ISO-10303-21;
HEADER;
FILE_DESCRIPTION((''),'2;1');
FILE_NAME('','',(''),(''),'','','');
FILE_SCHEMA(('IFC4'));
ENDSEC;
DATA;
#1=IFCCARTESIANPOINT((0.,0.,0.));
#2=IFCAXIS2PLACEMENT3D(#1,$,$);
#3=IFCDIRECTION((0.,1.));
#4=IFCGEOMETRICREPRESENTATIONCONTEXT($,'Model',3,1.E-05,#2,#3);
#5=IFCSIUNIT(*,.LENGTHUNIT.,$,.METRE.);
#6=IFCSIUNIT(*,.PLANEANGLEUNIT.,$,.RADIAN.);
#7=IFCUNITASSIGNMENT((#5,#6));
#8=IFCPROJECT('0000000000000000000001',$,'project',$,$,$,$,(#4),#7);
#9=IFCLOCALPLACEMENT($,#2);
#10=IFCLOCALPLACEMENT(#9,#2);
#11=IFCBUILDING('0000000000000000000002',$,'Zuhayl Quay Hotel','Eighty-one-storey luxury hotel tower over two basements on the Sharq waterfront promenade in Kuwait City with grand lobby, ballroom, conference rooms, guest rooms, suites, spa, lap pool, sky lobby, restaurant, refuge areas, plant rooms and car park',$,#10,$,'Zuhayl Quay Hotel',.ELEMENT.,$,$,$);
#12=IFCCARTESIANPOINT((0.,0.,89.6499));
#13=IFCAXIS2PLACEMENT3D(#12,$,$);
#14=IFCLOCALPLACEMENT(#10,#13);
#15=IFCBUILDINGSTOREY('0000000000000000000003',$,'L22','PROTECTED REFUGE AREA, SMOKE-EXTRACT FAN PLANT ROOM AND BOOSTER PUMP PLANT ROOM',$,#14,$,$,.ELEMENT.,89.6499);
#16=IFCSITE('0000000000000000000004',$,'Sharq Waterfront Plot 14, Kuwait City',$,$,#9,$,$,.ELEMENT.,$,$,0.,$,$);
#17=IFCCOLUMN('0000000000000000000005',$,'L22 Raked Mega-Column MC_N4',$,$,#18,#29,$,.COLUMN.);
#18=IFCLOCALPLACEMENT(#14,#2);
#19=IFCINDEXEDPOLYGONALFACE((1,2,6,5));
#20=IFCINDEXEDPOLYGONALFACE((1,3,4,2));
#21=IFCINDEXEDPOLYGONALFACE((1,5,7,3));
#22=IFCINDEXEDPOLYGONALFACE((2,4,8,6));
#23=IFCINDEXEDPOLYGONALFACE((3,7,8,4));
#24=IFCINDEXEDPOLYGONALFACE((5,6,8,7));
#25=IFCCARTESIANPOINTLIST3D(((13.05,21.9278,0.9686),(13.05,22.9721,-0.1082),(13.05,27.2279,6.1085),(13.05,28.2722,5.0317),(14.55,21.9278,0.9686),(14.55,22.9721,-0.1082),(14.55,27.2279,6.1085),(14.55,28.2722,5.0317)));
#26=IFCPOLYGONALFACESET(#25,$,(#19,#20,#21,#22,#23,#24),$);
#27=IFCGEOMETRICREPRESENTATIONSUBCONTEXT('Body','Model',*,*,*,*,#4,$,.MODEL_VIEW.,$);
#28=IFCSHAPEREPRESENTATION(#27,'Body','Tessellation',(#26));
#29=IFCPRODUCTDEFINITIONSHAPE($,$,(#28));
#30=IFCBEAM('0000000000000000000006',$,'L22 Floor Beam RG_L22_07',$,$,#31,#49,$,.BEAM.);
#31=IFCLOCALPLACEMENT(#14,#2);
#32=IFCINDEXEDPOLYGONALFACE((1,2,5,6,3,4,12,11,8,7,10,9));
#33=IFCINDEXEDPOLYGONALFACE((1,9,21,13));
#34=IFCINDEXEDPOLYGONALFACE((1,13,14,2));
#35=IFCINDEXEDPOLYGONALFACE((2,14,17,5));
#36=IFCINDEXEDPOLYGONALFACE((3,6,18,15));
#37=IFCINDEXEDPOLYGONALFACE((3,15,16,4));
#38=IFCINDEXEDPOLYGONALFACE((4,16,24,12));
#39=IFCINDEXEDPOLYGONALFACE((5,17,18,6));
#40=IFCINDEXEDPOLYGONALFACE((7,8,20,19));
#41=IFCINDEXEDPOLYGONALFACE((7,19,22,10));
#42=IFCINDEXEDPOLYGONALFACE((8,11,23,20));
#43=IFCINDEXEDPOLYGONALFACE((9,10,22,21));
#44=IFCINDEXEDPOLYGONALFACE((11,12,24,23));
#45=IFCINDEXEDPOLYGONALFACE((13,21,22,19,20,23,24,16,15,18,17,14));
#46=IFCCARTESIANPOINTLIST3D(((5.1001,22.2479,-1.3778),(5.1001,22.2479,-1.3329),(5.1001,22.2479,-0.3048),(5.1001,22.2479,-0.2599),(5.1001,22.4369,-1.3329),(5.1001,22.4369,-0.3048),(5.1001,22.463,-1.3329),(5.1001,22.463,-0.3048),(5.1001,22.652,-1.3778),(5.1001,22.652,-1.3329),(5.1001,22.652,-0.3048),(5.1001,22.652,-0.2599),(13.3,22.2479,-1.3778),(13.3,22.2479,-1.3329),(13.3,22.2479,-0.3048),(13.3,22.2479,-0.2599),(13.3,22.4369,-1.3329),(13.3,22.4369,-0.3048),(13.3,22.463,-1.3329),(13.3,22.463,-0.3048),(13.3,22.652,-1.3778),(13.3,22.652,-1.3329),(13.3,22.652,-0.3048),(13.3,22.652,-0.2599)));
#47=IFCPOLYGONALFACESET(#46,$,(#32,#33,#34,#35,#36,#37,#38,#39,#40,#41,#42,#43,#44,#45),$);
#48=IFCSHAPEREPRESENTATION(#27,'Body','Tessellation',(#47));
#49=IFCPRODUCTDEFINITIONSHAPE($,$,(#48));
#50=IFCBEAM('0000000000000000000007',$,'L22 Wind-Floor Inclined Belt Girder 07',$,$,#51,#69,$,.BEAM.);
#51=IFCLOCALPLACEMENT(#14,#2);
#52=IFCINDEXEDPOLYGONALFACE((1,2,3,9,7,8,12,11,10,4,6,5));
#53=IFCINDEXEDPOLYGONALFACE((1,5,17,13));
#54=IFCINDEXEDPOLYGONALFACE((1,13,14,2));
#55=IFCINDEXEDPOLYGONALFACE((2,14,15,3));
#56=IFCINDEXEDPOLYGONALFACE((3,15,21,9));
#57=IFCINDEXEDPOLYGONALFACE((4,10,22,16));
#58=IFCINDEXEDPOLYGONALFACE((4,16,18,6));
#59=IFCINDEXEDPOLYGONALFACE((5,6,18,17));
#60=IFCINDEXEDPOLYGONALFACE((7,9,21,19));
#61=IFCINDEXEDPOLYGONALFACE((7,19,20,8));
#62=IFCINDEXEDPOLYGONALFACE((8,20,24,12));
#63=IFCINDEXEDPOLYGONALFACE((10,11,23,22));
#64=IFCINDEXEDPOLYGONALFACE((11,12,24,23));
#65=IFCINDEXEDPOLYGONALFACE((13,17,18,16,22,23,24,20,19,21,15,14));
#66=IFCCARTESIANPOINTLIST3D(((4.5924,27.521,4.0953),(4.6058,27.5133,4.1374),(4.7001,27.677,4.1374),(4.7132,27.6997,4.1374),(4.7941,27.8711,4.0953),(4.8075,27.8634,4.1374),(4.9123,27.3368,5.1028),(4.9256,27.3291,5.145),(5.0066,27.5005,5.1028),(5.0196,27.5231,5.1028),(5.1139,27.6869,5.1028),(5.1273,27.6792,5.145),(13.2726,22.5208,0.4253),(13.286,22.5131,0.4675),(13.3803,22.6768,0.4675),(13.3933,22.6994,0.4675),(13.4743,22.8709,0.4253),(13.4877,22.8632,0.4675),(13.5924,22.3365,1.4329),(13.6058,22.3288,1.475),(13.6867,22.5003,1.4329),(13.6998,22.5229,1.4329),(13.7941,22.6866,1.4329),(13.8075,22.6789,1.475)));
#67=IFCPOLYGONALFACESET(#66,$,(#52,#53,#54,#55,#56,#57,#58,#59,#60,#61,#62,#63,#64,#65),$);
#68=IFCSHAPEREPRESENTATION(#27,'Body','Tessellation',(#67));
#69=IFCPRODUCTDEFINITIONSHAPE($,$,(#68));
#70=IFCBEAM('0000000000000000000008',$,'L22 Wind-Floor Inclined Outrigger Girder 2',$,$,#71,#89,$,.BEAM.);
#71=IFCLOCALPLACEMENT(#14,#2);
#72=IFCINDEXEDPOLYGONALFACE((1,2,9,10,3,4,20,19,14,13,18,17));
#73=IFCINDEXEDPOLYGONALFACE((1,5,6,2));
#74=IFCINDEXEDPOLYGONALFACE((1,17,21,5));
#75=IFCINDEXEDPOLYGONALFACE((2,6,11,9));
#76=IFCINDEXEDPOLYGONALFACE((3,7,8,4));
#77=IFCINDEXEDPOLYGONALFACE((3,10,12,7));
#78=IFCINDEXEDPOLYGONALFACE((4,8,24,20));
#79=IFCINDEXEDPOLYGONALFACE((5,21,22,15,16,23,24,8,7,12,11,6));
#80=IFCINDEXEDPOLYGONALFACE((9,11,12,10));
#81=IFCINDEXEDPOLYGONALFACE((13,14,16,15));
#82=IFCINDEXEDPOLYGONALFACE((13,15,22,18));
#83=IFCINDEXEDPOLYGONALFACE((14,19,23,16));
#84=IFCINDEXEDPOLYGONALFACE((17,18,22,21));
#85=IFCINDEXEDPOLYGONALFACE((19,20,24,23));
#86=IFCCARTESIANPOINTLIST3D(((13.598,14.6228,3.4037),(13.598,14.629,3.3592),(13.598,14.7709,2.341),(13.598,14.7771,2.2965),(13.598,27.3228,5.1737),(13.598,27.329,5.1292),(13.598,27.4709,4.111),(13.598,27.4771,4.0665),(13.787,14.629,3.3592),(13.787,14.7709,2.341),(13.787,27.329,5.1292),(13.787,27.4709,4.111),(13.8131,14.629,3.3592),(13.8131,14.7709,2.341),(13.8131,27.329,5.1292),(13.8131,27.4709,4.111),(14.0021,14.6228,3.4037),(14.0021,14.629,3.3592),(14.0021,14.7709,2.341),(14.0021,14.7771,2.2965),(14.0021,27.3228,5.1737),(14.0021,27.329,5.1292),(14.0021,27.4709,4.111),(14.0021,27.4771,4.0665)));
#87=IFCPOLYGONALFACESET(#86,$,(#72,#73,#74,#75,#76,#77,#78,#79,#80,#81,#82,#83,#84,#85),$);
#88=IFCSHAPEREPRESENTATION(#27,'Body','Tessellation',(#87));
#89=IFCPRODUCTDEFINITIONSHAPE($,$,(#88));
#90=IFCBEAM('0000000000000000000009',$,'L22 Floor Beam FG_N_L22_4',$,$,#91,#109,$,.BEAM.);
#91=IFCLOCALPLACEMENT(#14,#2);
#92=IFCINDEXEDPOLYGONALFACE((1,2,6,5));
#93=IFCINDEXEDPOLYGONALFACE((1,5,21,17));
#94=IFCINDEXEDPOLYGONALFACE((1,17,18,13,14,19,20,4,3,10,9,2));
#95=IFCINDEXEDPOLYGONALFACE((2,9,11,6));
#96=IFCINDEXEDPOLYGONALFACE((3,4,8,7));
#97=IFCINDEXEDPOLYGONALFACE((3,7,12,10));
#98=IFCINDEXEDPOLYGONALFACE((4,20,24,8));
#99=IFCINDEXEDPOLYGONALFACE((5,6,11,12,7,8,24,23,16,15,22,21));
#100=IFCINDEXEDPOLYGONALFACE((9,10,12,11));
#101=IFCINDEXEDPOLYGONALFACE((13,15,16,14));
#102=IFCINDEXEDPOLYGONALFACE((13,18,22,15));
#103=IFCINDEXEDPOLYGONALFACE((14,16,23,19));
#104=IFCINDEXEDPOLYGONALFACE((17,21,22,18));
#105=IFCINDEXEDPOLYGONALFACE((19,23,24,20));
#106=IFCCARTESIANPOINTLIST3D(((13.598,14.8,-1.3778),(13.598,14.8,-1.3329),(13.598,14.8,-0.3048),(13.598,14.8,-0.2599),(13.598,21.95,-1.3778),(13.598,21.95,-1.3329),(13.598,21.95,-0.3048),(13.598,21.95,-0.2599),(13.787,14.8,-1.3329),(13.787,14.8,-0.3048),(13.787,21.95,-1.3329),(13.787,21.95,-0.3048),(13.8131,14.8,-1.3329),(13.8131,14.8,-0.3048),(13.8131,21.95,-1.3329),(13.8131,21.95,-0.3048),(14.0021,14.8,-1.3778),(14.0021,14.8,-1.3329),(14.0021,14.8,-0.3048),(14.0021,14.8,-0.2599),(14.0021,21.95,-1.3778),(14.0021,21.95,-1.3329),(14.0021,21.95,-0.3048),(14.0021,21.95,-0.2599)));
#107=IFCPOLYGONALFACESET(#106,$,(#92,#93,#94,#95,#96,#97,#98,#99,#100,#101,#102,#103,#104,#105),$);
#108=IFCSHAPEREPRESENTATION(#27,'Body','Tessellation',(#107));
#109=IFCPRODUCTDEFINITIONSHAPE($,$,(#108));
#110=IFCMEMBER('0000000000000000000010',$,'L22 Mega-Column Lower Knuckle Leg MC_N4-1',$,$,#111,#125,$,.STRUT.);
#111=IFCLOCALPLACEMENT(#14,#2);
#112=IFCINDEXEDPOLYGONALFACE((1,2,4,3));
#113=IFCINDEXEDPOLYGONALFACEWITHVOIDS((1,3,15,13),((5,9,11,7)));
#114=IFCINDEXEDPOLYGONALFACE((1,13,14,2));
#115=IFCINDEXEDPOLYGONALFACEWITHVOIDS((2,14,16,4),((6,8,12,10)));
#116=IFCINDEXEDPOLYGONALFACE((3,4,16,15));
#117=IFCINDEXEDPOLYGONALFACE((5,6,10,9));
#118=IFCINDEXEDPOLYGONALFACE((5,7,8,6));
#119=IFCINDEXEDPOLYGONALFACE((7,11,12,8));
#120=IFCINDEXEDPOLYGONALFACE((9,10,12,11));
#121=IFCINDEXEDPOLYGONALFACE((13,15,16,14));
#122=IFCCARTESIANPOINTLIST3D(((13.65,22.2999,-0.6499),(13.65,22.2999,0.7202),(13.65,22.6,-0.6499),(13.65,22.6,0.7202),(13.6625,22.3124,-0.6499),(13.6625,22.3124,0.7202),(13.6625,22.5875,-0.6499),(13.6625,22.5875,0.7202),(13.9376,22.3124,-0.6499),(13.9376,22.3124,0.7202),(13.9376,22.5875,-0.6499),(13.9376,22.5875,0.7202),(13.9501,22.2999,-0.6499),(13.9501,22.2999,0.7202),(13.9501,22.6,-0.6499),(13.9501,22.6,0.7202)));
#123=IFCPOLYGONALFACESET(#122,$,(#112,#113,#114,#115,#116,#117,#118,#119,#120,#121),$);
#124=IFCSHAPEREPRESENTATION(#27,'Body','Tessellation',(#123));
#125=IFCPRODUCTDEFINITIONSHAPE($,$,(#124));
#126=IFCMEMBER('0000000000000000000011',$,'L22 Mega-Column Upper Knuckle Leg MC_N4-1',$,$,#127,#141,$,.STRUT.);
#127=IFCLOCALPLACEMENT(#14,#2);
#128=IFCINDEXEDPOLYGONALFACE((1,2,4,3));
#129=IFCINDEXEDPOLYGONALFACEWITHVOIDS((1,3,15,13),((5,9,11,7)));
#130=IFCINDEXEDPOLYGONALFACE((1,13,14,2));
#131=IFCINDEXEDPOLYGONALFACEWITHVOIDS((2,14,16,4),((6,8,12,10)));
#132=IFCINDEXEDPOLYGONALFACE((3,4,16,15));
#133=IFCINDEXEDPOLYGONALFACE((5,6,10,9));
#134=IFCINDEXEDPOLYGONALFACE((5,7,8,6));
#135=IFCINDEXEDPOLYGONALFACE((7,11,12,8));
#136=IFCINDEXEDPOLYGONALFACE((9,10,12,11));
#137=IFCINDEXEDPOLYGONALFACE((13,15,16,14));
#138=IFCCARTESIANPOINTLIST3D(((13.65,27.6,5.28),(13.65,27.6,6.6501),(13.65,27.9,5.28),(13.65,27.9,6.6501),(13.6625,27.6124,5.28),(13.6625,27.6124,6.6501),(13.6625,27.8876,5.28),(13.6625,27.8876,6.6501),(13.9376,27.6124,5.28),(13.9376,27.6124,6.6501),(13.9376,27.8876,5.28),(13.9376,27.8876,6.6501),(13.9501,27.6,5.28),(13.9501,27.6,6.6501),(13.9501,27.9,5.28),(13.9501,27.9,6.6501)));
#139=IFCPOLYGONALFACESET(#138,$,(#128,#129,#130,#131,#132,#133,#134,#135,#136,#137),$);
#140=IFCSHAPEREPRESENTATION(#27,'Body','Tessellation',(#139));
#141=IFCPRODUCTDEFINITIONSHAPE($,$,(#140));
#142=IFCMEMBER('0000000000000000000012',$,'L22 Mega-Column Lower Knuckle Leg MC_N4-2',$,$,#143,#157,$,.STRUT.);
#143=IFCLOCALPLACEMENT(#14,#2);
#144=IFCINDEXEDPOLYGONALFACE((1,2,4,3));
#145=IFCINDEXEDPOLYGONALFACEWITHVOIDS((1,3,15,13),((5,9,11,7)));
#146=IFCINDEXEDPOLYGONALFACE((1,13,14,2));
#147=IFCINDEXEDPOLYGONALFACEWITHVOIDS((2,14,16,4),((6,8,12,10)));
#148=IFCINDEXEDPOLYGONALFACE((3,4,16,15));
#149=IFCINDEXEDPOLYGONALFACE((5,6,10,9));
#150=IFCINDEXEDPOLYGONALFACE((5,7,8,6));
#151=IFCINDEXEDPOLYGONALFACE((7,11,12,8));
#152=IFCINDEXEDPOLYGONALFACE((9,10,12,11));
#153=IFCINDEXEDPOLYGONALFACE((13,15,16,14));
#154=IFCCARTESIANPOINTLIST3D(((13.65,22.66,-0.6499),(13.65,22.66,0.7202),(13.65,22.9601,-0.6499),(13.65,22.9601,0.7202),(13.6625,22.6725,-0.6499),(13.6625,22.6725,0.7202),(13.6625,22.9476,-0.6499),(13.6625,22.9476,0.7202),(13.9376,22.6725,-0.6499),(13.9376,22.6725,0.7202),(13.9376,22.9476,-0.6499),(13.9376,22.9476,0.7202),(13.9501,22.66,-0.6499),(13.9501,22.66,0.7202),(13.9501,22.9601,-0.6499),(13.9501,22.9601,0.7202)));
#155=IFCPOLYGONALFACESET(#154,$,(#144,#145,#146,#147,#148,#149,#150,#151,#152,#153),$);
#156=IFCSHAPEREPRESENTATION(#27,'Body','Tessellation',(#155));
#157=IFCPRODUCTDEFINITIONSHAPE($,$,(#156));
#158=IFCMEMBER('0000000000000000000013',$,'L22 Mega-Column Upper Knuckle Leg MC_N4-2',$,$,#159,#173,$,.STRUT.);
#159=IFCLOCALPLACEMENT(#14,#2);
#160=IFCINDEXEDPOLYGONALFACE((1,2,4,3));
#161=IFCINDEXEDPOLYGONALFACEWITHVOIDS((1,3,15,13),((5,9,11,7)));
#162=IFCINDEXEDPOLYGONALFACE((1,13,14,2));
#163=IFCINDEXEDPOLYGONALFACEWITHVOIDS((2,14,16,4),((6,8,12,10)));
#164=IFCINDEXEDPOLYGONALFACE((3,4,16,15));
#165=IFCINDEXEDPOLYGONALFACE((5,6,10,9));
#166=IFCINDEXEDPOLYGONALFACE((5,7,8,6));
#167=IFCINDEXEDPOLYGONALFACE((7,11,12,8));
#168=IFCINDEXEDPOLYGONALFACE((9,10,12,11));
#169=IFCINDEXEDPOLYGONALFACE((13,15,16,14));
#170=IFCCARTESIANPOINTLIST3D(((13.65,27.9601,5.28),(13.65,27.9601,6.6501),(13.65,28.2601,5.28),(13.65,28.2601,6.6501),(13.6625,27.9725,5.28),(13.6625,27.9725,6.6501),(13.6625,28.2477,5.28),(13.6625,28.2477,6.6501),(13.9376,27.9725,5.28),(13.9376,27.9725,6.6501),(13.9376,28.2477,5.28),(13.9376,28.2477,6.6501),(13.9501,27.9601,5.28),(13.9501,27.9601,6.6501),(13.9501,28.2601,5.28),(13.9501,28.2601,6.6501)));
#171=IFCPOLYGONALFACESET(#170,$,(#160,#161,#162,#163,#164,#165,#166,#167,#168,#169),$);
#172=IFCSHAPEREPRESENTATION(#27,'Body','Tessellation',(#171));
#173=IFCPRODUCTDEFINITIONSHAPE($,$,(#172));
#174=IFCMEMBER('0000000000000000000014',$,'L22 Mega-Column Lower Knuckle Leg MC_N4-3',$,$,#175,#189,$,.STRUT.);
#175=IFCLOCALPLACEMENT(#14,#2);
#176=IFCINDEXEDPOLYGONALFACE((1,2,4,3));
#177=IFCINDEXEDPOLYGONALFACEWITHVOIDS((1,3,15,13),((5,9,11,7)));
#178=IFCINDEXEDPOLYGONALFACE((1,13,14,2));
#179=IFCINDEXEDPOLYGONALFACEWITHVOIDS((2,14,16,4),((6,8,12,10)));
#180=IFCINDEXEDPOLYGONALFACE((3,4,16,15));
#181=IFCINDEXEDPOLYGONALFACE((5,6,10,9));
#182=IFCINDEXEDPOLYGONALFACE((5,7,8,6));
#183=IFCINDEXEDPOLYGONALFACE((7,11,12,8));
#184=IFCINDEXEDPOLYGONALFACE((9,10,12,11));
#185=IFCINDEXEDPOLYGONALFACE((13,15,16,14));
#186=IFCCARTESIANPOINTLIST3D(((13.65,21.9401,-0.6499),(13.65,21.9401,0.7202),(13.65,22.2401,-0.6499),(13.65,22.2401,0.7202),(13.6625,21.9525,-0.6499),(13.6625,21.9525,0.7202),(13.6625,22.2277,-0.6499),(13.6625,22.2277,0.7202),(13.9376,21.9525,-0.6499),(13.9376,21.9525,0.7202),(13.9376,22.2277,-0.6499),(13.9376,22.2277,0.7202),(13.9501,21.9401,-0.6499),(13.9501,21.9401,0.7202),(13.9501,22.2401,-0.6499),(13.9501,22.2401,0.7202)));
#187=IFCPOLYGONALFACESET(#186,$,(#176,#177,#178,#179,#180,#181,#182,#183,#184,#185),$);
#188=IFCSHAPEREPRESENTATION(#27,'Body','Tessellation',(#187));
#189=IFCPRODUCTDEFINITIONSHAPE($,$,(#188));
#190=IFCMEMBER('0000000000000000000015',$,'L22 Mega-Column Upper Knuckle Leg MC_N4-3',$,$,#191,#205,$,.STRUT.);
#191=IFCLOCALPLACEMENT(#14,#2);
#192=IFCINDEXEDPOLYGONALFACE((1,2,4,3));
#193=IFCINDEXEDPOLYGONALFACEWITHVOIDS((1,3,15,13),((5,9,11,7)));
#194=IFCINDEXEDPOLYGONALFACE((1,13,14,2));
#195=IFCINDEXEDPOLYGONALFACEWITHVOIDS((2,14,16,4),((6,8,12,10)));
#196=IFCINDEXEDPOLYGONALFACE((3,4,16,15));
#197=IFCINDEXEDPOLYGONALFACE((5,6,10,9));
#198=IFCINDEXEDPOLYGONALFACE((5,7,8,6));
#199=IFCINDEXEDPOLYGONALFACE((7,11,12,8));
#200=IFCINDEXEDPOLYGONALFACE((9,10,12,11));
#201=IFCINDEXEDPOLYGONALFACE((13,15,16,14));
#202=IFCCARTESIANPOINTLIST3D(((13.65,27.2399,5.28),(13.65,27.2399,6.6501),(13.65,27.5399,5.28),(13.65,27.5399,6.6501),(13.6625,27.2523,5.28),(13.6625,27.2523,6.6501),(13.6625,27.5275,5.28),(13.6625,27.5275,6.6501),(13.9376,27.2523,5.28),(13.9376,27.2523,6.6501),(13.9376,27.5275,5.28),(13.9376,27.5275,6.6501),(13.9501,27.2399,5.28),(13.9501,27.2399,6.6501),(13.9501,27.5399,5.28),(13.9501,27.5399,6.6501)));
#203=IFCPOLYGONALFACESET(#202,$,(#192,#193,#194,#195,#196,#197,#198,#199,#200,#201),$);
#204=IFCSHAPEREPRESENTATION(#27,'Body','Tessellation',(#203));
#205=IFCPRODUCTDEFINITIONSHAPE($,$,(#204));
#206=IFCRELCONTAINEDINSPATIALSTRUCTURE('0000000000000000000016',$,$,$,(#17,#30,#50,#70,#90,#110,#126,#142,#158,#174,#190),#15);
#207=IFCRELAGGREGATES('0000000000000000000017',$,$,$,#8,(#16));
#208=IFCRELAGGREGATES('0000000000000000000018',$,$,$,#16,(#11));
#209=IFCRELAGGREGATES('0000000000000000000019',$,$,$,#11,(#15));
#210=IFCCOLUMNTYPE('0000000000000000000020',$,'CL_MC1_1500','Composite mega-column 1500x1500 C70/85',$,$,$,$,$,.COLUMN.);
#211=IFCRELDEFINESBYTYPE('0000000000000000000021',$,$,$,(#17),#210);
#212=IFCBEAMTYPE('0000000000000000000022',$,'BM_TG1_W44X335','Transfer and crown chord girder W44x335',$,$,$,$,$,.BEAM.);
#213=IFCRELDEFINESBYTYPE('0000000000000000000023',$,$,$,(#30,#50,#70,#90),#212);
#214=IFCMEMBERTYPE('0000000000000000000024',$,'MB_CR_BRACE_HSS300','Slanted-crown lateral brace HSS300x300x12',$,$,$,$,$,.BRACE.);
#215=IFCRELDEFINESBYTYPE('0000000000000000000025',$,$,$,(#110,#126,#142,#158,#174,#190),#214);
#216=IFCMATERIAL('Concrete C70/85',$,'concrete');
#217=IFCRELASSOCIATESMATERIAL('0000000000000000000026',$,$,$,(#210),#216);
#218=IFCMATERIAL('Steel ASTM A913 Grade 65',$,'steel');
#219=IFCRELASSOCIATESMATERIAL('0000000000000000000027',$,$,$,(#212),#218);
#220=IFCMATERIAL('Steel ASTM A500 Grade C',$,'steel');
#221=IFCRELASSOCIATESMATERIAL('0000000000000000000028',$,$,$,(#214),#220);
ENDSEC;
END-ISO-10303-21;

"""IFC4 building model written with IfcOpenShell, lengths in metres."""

from ifc_helpers import new_model, si_unit, direction, frame, origin, origin_2d, place, context, subcontext, project, spatial, rectangle, hollow_rectangle, i_section, extrude, material, material_profile, profile_set, type_object, element, save


model = new_model("IFC4")

# Units and contexts
model_context = context("Model", 3, precision=1e-05, world=origin(), true_north=direction((0.0, 1.0)))
body_context = subcontext(model_context, "Body", "Model", "MODEL_VIEW")
ifc_project = project(units=[si_unit("LENGTHUNIT", "METRE"), si_unit("PLANEANGLEUNIT", "RADIAN")], contexts=[model_context])

# Site, building, storey
site_placement = place(None, origin())
site = spatial("IfcSite", under=ifc_project, at=site_placement, Name="Sharq Waterfront Plot 14, Kuwait City", CompositionType="ELEMENT", RefElevation=0.0)
building_placement = place(site_placement, origin())
building = spatial("IfcBuilding", under=site, at=building_placement, Name="Zuhayl Quay Hotel", Description="Eighty-one-storey luxury hotel tower over two basements on the Sharq waterfront promenade in Kuwait City with grand lobby, ballroom, conference rooms, guest rooms, suites, spa, lap pool, sky lobby, restaurant, refuge areas, plant rooms and car park", LongName="Zuhayl Quay Hotel", CompositionType="ELEMENT")
storey_placement = place(building_placement, frame((0.0, 0.0, 89.6499)))
storey = spatial("IfcBuildingStorey", under=building, at=storey_placement, Name="L22", Description="PROTECTED REFUGE AREA, SMOKE-EXTRACT FAN PLANT ROOM AND BOOSTER PUMP PLANT ROOM", CompositionType="ELEMENT", Elevation=89.6499)

# Column
ifc_material_1 = material(Name="Concrete C70/85", Category="concrete")
ifc_material_profile_1 = material_profile(ifc_material_1, rectangle(XDim=1.5, YDim=1.5, at=origin_2d()), Name="RC1500X1500")
ifc_profile_set_1 = profile_set([ifc_material_profile_1], Name="Concrete C70/85")
column_type = type_object("IfcColumnType", Name="CL_MC1_1500", Description="Composite mega-column 1500x1500 C70/85", PredefinedType="COLUMN", material=ifc_profile_set_1)
column_placement = place(storey_placement, frame((13.8, 22.45, 0.4302), z_axis=(0.0, 0.71787, 0.696177), x_axis=(-1.0, 0.0, 0.0)))
element("IfcColumn", 1, at=column_placement, inside=storey, type_object=column_type, Name="L22 Raked Mega-Column MC_N4", PredefinedType="COLUMN", context=body_context, shape_type="SweptSolid", body=[
    extrude(rectangle(XDim=1.5, YDim=1.5, at=origin_2d()), origin(), (0.0, 0.0, 1.0), 7.3831),
])

# Beams
ifc_material_2 = material(Name="Steel ASTM A913 Grade 65", Category="steel")
ifc_material_profile_2 = material_profile(ifc_material_2, i_section(OverallWidth=0.4041, OverallDepth=1.1179, WebThickness=0.0261, FlangeThickness=0.0449, at=origin_2d()), Name="W44X335")
ifc_profile_set_2 = profile_set([ifc_material_profile_2], Name="Steel ASTM A913 Grade 65")
beam_type = type_object("IfcBeamType", Name="BM_TG1_W44X335", Description="Transfer and crown chord girder W44x335", PredefinedType="BEAM", material=ifc_profile_set_2)
beam_1_placement = place(storey_placement, frame((13.3, 22.45, -0.8188), z_axis=(-1.0, 0.0, 0.0), x_axis=(0.0, -1.0, 0.0)))
element("IfcBeam", 2, at=beam_1_placement, inside=storey, type_object=beam_type, Name="L22 Floor Beam RG_L22_07", PredefinedType="BEAM", context=body_context, shape_type="SweptSolid", body=[
    extrude(i_section(OverallWidth=0.4041, OverallDepth=1.1179, WebThickness=0.0261, FlangeThickness=0.0449, at=origin_2d()), origin(), (0.0, 0.0, 1.0), 8.2),
])
beam_2_placement = place(storey_placement, frame((13.54, 22.5999, 0.9502), z_axis=(-0.813629, 0.468694, 0.343997), x_axis=(-0.499157, -0.866512, 0.0)))
element("IfcBeam", 3, at=beam_2_placement, inside=storey, type_object=beam_type, Name="L22 Wind-Floor Inclined Belt Girder 07", PredefinedType="BEAM", context=body_context, shape_type="SweptSolid", body=[
    extrude(i_section(OverallWidth=0.4041, OverallDepth=1.1179, WebThickness=0.0261, FlangeThickness=0.0449, at=origin_2d()), origin(), (0.0, 0.0, 1.0), 10.6685),
])
beam_3_placement = place(storey_placement, frame((13.8, 14.7, 2.8501), z_axis=(0.0, 0.990427, 0.138038), x_axis=(-1.0, 0.0, 0.0)))
element("IfcBeam", 4, at=beam_3_placement, inside=storey, type_object=beam_type, Name="L22 Wind-Floor Inclined Outrigger Girder 2", PredefinedType="BEAM", context=body_context, shape_type="SweptSolid", body=[
    extrude(i_section(OverallWidth=0.4041, OverallDepth=1.1179, WebThickness=0.0261, FlangeThickness=0.0449, at=origin_2d()), origin(), (0.0, 0.0, 1.0), 12.8228),
])
beam_4_placement = place(storey_placement, frame((13.8, 14.8, -0.8188), z_axis=(0.0, 1.0, 0.0), x_axis=(-1.0, 0.0, 0.0)))
element("IfcBeam", 5, at=beam_4_placement, inside=storey, type_object=beam_type, Name="L22 Floor Beam FG_N_L22_4", PredefinedType="BEAM", context=body_context, shape_type="SweptSolid", body=[
    extrude(i_section(OverallWidth=0.4041, OverallDepth=1.1179, WebThickness=0.0261, FlangeThickness=0.0449, at=origin_2d()), origin(), (0.0, 0.0, 1.0), 7.1499),
])

# Members
ifc_material_3 = material(Name="Steel ASTM A500 Grade C", Category="steel")
ifc_material_profile_3 = material_profile(ifc_material_3, hollow_rectangle(XDim=0.3, YDim=0.3, WallThickness=0.0125, at=origin_2d()), Name="HSS300X300X12")
ifc_profile_set_3 = profile_set([ifc_material_profile_3], Name="Steel ASTM A500 Grade C")
member_type = type_object("IfcMemberType", Name="MB_CR_BRACE_HSS300", Description="Slanted-crown lateral brace HSS300x300x12", PredefinedType="BRACE", material=ifc_profile_set_3)
for number, where, z_axis, x_axis, name in (
    (6, (13.8, 22.45, -0.6499), (0.0, 0.0, 1.0), (1.0, 0.0, 0.0), "L22 Mega-Column Lower Knuckle Leg MC_N4-1"),
    (7, (13.8, 27.75, 5.28), (0.0, 0.0, 1.0), (1.0, 0.0, 0.0), "L22 Mega-Column Upper Knuckle Leg MC_N4-1"),
    (8, (13.8, 22.8101, -0.6499), (0.0, 0.0, 1.0), (1.0, 0.0, 0.0), "L22 Mega-Column Lower Knuckle Leg MC_N4-2"),
    (9, (13.8, 28.1101, 5.28), (0.0, 0.0, 1.0), (1.0, 0.0, 0.0), "L22 Mega-Column Upper Knuckle Leg MC_N4-2"),
    (10, (13.8, 22.0901, -0.6499), (0.0, 0.0, 1.0), (1.0, 0.0, 0.0), "L22 Mega-Column Lower Knuckle Leg MC_N4-3"),
    (11, (13.8, 27.3899, 5.28), (0.0, 0.0, 1.0), (1.0, 0.0, 0.0), "L22 Mega-Column Upper Knuckle Leg MC_N4-3"),
):
    element("IfcMember", number, at=place(storey_placement, frame(where, z_axis=z_axis, x_axis=x_axis)), inside=storey, type_object=member_type, Name=name, PredefinedType="STRUT", context=body_context, shape_type="SweptSolid", body=[
        extrude(hollow_rectangle(XDim=0.3, YDim=0.3, WallThickness=0.0125, at=origin_2d()), origin(), (0.0, 0.0, 1.0), 1.3701),
    ])

save(model, "model.ifc")
